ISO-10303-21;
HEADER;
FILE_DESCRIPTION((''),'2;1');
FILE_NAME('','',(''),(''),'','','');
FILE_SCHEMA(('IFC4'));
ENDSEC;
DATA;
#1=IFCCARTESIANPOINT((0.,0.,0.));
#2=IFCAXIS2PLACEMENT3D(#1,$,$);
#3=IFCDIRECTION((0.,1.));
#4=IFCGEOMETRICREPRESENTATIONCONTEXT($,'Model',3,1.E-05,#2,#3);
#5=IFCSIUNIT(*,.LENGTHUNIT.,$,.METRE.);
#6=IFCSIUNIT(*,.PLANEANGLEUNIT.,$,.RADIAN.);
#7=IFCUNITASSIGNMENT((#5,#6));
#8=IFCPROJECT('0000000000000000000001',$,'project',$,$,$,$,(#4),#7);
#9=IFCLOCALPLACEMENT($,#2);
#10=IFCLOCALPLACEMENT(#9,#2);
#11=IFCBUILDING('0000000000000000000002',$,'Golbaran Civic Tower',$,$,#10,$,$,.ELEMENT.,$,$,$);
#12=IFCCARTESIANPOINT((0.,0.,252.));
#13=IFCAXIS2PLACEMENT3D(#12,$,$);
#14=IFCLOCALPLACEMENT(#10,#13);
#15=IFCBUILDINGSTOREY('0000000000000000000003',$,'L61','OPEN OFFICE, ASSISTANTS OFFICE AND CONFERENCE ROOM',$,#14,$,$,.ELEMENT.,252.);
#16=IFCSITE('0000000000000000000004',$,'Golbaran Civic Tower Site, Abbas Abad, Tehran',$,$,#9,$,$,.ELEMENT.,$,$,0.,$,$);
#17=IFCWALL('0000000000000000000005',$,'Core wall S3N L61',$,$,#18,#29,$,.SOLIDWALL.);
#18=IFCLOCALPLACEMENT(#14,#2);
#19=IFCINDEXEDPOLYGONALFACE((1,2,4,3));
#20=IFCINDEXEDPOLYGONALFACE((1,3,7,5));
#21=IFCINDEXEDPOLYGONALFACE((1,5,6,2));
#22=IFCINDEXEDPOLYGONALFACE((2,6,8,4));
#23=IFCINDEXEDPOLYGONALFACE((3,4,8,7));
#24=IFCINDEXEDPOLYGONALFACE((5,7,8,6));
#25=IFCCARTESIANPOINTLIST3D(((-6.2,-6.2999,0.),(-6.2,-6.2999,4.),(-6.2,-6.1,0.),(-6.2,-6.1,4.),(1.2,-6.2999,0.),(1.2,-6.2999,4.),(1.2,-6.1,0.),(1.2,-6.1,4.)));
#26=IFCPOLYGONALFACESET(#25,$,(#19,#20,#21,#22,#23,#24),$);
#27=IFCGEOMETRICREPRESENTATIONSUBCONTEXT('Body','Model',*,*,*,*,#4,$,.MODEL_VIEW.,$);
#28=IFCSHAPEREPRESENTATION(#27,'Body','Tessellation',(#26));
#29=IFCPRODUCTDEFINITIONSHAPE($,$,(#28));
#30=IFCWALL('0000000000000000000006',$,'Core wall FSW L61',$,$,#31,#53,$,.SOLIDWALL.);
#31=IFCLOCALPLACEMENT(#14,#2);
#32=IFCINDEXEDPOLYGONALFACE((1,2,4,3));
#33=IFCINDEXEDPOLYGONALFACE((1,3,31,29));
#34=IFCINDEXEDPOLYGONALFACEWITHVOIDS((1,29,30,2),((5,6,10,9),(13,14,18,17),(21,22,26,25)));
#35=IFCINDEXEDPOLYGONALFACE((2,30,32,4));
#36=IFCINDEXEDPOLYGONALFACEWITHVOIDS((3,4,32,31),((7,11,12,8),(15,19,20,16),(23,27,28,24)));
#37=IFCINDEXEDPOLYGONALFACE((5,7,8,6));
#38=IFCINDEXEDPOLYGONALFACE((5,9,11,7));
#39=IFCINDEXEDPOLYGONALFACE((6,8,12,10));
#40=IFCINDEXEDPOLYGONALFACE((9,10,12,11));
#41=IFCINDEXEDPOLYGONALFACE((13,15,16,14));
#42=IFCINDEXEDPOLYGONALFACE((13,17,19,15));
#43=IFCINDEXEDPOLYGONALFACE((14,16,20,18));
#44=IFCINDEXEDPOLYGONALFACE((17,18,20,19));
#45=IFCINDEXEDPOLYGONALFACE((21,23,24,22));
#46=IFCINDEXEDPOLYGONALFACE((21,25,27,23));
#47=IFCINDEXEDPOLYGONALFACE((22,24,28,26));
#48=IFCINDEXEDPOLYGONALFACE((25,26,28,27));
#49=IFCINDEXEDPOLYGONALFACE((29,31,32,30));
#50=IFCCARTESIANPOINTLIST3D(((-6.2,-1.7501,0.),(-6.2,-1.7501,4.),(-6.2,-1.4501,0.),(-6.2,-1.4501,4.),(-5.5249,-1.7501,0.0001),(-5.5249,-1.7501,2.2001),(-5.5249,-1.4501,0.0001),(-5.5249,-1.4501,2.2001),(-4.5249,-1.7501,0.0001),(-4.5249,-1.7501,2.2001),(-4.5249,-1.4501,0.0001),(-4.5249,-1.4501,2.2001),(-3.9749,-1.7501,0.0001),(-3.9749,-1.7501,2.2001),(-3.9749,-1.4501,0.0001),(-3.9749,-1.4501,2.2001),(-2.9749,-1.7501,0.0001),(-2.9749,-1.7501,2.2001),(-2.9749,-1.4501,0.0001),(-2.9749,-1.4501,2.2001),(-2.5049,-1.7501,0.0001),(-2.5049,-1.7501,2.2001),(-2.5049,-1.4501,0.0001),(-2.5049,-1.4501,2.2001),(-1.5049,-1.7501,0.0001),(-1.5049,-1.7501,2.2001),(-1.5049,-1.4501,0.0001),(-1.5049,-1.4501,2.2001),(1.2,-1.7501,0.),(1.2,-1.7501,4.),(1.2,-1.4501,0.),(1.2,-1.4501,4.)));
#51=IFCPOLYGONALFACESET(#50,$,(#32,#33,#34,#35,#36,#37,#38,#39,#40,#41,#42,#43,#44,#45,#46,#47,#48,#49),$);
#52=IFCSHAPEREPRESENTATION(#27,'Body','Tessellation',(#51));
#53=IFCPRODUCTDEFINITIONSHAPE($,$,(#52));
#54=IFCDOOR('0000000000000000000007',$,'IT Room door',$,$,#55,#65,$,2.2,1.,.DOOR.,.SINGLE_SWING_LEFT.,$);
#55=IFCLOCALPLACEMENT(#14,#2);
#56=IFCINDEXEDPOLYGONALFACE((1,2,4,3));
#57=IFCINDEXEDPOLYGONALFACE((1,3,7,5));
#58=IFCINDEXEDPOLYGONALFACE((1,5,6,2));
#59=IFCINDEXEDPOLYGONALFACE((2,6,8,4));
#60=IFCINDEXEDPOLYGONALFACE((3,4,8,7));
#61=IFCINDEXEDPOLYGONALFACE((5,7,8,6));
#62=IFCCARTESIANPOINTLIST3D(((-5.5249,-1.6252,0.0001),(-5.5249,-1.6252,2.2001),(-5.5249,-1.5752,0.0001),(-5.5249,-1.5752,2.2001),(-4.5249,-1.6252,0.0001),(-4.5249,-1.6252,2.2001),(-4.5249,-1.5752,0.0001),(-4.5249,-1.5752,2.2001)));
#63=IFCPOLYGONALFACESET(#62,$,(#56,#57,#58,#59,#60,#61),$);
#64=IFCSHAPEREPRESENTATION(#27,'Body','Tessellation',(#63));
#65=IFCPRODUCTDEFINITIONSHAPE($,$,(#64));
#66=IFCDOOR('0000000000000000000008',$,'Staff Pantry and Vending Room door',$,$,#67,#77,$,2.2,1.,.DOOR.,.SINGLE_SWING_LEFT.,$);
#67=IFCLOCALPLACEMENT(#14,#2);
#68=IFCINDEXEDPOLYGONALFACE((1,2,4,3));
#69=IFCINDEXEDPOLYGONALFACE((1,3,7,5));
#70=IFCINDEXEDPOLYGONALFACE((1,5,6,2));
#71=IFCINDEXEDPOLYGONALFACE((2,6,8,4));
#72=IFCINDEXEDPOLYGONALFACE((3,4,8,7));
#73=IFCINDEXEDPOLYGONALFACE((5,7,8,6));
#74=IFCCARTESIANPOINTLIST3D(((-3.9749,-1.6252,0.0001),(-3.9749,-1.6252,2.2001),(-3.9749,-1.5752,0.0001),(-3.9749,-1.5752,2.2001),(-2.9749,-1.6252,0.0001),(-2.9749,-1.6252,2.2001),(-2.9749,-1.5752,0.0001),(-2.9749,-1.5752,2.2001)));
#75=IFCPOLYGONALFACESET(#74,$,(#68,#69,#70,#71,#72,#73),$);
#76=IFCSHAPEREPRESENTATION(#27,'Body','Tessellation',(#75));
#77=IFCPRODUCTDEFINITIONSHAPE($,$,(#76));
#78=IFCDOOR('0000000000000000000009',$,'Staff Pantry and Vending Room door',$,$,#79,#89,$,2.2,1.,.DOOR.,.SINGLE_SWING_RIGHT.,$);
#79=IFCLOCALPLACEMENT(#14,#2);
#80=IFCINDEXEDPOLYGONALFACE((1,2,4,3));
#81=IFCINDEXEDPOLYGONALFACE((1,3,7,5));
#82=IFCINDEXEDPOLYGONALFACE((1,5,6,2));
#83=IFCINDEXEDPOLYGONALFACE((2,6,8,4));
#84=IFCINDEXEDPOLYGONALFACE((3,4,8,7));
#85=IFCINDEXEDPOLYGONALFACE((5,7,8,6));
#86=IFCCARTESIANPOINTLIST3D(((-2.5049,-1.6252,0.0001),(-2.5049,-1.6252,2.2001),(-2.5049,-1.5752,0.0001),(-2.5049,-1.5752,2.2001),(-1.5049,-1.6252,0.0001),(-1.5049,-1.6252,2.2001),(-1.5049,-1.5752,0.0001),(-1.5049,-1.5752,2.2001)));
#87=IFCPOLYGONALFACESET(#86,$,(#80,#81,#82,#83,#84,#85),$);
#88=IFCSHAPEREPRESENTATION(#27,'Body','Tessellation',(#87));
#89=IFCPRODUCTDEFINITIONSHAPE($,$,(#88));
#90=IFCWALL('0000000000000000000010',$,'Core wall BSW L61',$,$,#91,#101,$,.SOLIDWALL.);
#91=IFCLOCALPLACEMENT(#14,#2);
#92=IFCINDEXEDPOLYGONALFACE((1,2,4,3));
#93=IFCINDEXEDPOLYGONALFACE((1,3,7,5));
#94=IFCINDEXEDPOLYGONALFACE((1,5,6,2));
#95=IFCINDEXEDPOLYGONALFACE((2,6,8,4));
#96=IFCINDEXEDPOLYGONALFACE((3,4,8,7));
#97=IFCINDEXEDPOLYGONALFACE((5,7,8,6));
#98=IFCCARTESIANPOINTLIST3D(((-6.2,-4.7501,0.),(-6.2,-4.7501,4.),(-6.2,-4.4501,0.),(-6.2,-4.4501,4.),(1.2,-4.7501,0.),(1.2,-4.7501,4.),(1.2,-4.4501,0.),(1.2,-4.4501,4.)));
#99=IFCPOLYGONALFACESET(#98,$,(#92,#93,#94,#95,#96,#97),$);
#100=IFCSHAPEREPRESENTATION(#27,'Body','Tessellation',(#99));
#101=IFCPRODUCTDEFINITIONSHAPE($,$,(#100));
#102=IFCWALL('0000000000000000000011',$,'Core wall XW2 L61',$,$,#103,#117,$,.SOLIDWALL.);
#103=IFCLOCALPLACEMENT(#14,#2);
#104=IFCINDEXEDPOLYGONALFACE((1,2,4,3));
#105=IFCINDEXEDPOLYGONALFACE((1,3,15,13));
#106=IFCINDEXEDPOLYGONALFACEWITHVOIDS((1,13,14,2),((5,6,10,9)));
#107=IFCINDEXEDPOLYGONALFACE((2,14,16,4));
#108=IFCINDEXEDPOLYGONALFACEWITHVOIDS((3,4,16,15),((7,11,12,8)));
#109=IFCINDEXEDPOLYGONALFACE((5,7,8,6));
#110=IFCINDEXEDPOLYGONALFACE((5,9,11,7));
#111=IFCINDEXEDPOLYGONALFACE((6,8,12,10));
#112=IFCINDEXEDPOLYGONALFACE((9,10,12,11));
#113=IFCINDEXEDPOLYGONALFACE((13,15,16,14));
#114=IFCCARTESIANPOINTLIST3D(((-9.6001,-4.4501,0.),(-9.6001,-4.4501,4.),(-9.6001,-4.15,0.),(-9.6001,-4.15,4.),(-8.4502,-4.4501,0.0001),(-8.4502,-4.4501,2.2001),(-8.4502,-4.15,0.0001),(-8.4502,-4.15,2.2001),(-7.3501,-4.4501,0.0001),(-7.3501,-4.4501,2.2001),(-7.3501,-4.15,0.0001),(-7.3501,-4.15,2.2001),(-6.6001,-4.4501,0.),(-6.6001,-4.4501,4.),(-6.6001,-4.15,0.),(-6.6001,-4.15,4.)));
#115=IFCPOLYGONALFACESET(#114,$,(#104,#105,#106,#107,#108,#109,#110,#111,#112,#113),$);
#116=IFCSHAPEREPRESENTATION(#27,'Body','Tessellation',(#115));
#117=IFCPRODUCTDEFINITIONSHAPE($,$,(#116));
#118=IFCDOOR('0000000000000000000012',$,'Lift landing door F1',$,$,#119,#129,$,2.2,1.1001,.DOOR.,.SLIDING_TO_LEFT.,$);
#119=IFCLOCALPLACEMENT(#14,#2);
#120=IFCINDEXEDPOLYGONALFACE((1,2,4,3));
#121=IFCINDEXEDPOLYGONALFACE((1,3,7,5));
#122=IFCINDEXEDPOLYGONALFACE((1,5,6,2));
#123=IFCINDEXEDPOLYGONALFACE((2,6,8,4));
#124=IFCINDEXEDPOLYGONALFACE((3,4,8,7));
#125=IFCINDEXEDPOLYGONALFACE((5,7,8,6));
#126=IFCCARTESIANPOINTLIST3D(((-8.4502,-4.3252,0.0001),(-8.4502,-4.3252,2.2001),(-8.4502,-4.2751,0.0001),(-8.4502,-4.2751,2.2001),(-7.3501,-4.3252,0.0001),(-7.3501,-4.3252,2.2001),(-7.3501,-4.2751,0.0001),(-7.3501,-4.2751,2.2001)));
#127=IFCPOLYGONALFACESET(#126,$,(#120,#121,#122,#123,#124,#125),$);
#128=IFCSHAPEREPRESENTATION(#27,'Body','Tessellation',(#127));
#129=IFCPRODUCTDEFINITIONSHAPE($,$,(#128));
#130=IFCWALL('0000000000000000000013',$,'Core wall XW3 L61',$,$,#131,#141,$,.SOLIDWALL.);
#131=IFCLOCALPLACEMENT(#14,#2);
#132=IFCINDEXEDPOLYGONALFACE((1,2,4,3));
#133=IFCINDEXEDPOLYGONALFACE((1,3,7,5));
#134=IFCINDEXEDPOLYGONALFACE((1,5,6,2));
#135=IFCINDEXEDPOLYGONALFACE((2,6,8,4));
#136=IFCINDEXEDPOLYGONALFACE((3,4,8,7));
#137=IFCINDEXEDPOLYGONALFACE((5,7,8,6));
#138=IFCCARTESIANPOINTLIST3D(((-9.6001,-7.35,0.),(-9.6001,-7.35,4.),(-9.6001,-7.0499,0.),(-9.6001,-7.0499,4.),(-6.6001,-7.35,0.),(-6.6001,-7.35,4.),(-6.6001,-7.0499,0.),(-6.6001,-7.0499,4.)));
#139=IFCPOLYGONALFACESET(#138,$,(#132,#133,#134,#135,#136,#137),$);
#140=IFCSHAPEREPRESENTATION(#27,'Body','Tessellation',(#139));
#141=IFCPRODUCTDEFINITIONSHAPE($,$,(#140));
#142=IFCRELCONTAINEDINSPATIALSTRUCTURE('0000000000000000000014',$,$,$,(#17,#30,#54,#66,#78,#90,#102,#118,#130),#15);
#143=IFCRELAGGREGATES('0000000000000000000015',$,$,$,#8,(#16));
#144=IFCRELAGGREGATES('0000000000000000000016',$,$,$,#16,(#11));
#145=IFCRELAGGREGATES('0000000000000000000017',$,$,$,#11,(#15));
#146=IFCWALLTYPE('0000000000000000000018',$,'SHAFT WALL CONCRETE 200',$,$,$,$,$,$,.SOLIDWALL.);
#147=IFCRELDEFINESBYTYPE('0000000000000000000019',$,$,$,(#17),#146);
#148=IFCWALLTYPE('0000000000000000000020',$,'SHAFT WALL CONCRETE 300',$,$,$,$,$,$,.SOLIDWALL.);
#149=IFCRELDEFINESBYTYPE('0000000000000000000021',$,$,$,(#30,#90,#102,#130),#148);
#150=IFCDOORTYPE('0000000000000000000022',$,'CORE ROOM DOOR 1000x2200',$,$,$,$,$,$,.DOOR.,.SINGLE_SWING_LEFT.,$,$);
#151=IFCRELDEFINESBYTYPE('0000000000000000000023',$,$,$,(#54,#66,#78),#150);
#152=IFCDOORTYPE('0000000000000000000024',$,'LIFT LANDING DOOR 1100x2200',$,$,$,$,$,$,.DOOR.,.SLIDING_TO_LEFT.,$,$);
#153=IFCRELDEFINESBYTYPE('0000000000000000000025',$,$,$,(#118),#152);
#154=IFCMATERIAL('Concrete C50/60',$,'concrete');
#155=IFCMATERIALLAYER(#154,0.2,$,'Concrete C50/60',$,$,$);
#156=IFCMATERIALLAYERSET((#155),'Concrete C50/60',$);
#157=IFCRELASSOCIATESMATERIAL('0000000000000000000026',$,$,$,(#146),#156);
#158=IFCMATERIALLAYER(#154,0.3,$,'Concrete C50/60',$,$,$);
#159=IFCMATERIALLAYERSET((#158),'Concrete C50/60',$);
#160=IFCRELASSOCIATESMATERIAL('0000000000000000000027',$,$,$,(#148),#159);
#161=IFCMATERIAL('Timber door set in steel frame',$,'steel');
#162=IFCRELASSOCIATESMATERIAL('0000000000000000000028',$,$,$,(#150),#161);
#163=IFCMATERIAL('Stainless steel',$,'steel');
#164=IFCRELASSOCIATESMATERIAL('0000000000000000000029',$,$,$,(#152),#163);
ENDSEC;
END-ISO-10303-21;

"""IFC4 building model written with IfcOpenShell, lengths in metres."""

from ifc_helpers import new_model, si_unit, direction, frame, frame_2d, origin, place, context, subcontext, project, spatial, rectangle, extrude, material, layer, layer_set, type_object, element, fill, save


model = new_model("IFC4")

# Units and contexts
model_context = context("Model", 3, precision=1e-05, world=origin(), true_north=direction((0.0, 1.0)))
body_context = subcontext(model_context, "Body", "Model", "MODEL_VIEW")
ifc_project = project(units=[si_unit("LENGTHUNIT", "METRE"), si_unit("PLANEANGLEUNIT", "RADIAN")], contexts=[model_context])

# Site, building, storey
site_placement = place(None, origin())
site = spatial("IfcSite", under=ifc_project, at=site_placement, Name="Golbaran Civic Tower Site, Abbas Abad, Tehran", CompositionType="ELEMENT", RefElevation=0.0)
building_placement = place(site_placement, origin())
building = spatial("IfcBuilding", under=site, at=building_placement, Name="Golbaran Civic Tower", CompositionType="ELEMENT")
storey_placement = place(building_placement, frame((0.0, 0.0, 252.0)))
storey = spatial("IfcBuildingStorey", under=building, at=storey_placement, Name="L61", Description="OPEN OFFICE, ASSISTANTS OFFICE AND CONFERENCE ROOM", CompositionType="ELEMENT", Elevation=252.0)

# Shared definitions
ifc_material_1 = material(Name="Concrete C50/60", Category="concrete")
ifc_material_2 = material(Name="Timber door set in steel frame", Category="steel")

# Wall
ifc_layer_1 = layer(ifc_material_1, 0.2, Name="Concrete C50/60")
ifc_layer_set_1 = layer_set([ifc_layer_1], Name="Concrete C50/60")
wall_type_1 = type_object("IfcWallType", Name="SHAFT WALL CONCRETE 200", PredefinedType="SOLIDWALL", material=ifc_layer_set_1)
wall_1_placement = place(storey_placement, frame((-6.2, -6.2, 0.0), z_axis=(0.0, 0.0, 1.0), x_axis=(1.0, 0.0, 0.0)))
element("IfcWall", 1, at=wall_1_placement, inside=storey, type_object=wall_type_1, Name="Core wall S3N L61", PredefinedType="SOLIDWALL", context=body_context, shape_type="SweptSolid", body=[
    extrude(rectangle(XDim=7.3999, YDim=0.2, at=frame_2d((3.7, 0.0))), origin(), (0.0, 0.0, 1.0), 4.0),
])

# Wall, openings, doors
ifc_layer_2 = layer(ifc_material_1, 0.3, Name="Concrete C50/60")
ifc_layer_set_2 = layer_set([ifc_layer_2], Name="Concrete C50/60")
wall_type_2 = type_object("IfcWallType", Name="SHAFT WALL CONCRETE 300", PredefinedType="SOLIDWALL", material=ifc_layer_set_2)
wall_2_placement = place(storey_placement, frame((-6.2, -1.6001, 0.0), z_axis=(0.0, 0.0, 1.0), x_axis=(1.0, 0.0, 0.0)))
wall_2 = element("IfcWall", 2, at=wall_2_placement, inside=storey, type_object=wall_type_2, Name="Core wall FSW L61", PredefinedType="SOLIDWALL", context=body_context, shape_type="SweptSolid", body=[
    extrude(rectangle(XDim=7.3999, YDim=0.3, at=frame_2d((3.7, 0.0))), origin(), (0.0, 0.0, 1.0), 4.0),
])
opening_1_placement = place(wall_2_placement, frame((0.675, 0.0, 0.0)))
opening_1 = element("IfcOpeningElement", 3, at=opening_1_placement, cuts=wall_2, PredefinedType="OPENING", context=body_context, shape_type="SweptSolid", body=[
    extrude(rectangle(XDim=1.0, YDim=2.2, at=frame_2d((0.5, 1.1001))), frame((0.0, 0.1599, 0.0), z_axis=(0.0, -1.0, 0.0), x_axis=(1.0, 0.0, 0.0)), (0.0, 0.0, 1.0), 0.3201),
])
opening_2_placement = place(wall_2_placement, frame((2.2251, 0.0, 0.0)))
opening_2 = element("IfcOpeningElement", 4, at=opening_2_placement, cuts=wall_2, PredefinedType="OPENING", context=body_context, shape_type="SweptSolid", body=[
    extrude(rectangle(XDim=1.0, YDim=2.2, at=frame_2d((0.5, 1.1001))), frame((0.0, 0.1599, 0.0), z_axis=(0.0, -1.0, 0.0), x_axis=(1.0, 0.0, 0.0)), (0.0, 0.0, 1.0), 0.3201),
])
opening_3_placement = place(wall_2_placement, frame((3.6951, 0.0, 0.0)))
opening_3 = element("IfcOpeningElement", 5, at=opening_3_placement, cuts=wall_2, PredefinedType="OPENING", context=body_context, shape_type="SweptSolid", body=[
    extrude(rectangle(XDim=1.0, YDim=2.2, at=frame_2d((0.5, 1.1001))), frame((0.0, 0.1599, 0.0), z_axis=(0.0, -1.0, 0.0), x_axis=(1.0, 0.0, 0.0)), (0.0, 0.0, 1.0), 0.3201),
])
door_type_1 = type_object("IfcDoorType", Name="CORE ROOM DOOR 1000x2200", OperationType="SINGLE_SWING_LEFT", PredefinedType="DOOR", material=ifc_material_2)
door_1_placement = place(opening_1_placement, origin())
door_1 = element("IfcDoor", 6, at=door_1_placement, inside=storey, type_object=door_type_1, Name="IT Room door", OperationType="SINGLE_SWING_LEFT", OverallHeight=2.2, OverallWidth=1.0, PredefinedType="DOOR", context=body_context, shape_type="SweptSolid", body=[
    extrude(rectangle(XDim=1.0, YDim=2.2, at=frame_2d((0.5, 1.1001))), frame((0.0, 0.0249, 0.0), z_axis=(0.0, -1.0, 0.0), x_axis=(1.0, 0.0, 0.0)), (0.0, 0.0, 1.0), 0.05),
])
fill(opening_1, door_1)
door_2_placement = place(opening_2_placement, origin())
door_2 = element("IfcDoor", 7, at=door_2_placement, inside=storey, type_object=door_type_1, Name="Staff Pantry and Vending Room door", OperationType="SINGLE_SWING_LEFT", OverallHeight=2.2, OverallWidth=1.0, PredefinedType="DOOR", context=body_context, shape_type="SweptSolid", body=[
    extrude(rectangle(XDim=1.0, YDim=2.2, at=frame_2d((0.5, 1.1001))), frame((0.0, 0.0249, 0.0), z_axis=(0.0, -1.0, 0.0), x_axis=(1.0, 0.0, 0.0)), (0.0, 0.0, 1.0), 0.05),
])
fill(opening_2, door_2)
door_3_placement = place(opening_3_placement, origin())
door_3 = element("IfcDoor", 8, at=door_3_placement, inside=storey, type_object=door_type_1, Name="Staff Pantry and Vending Room door", OperationType="SINGLE_SWING_RIGHT", OverallHeight=2.2, OverallWidth=1.0, PredefinedType="DOOR", context=body_context, shape_type="SweptSolid", body=[
    extrude(rectangle(XDim=1.0, YDim=2.2, at=frame_2d((0.5, 1.1001))), frame((0.0, 0.0249, 0.0), z_axis=(0.0, -1.0, 0.0), x_axis=(1.0, 0.0, 0.0)), (0.0, 0.0, 1.0), 0.05),
])
fill(opening_3, door_3)

# Wall
wall_3_placement = place(storey_placement, frame((-6.2, -4.6001, 0.0), z_axis=(0.0, 0.0, 1.0), x_axis=(1.0, 0.0, 0.0)))
element("IfcWall", 9, at=wall_3_placement, inside=storey, type_object=wall_type_2, Name="Core wall BSW L61", PredefinedType="SOLIDWALL", context=body_context, shape_type="SweptSolid", body=[
    extrude(rectangle(XDim=7.3999, YDim=0.3, at=frame_2d((3.7, 0.0))), origin(), (0.0, 0.0, 1.0), 4.0),
])

# Wall, opening, door
wall_4_placement = place(storey_placement, frame((-9.6001, -4.3, 0.0), z_axis=(0.0, 0.0, 1.0), x_axis=(1.0, 0.0, 0.0)))
wall_4 = element("IfcWall", 10, at=wall_4_placement, inside=storey, type_object=wall_type_2, Name="Core wall XW2 L61", PredefinedType="SOLIDWALL", context=body_context, shape_type="SweptSolid", body=[
    extrude(rectangle(XDim=3.0, YDim=0.3, at=frame_2d((1.5, 0.0))), origin(), (0.0, 0.0, 1.0), 4.0),
])
opening_4_placement = place(wall_4_placement, frame((1.1499, 0.0, 0.0)))
opening_4 = element("IfcOpeningElement", 11, at=opening_4_placement, cuts=wall_4, PredefinedType="OPENING", context=body_context, shape_type="SweptSolid", body=[
    extrude(rectangle(XDim=1.1001, YDim=2.2, at=frame_2d((0.55, 1.1001))), frame((0.0, 0.1599, 0.0), z_axis=(0.0, -1.0, 0.0), x_axis=(1.0, 0.0, 0.0)), (0.0, 0.0, 1.0), 0.3201),
])
ifc_material_3 = material(Name="Stainless steel", Category="steel")
door_type_2 = type_object("IfcDoorType", Name="LIFT LANDING DOOR 1100x2200", OperationType="SLIDING_TO_LEFT", PredefinedType="DOOR", material=ifc_material_3)
door_4_placement = place(opening_4_placement, origin())
door_4 = element("IfcDoor", 12, at=door_4_placement, inside=storey, type_object=door_type_2, Name="Lift landing door F1", OperationType="SLIDING_TO_LEFT", OverallHeight=2.2, OverallWidth=1.1001, PredefinedType="DOOR", context=body_context, shape_type="SweptSolid", body=[
    extrude(rectangle(XDim=1.1001, YDim=2.2, at=frame_2d((0.55, 1.1001))), frame((0.0, 0.0249, 0.0), z_axis=(0.0, -1.0, 0.0), x_axis=(1.0, 0.0, 0.0)), (0.0, 0.0, 1.0), 0.05),
])
fill(opening_4, door_4)

# Wall
wall_5_placement = place(storey_placement, frame((-9.6001, -7.2, 0.0), z_axis=(0.0, 0.0, 1.0), x_axis=(1.0, 0.0, 0.0)))
element("IfcWall", 13, at=wall_5_placement, inside=storey, type_object=wall_type_2, Name="Core wall XW3 L61", PredefinedType="SOLIDWALL", context=body_context, shape_type="SweptSolid", body=[
    extrude(rectangle(XDim=3.0, YDim=0.3, at=frame_2d((1.5, 0.0))), origin(), (0.0, 0.0, 1.0), 4.0),
])

save(model, "model.ifc")
